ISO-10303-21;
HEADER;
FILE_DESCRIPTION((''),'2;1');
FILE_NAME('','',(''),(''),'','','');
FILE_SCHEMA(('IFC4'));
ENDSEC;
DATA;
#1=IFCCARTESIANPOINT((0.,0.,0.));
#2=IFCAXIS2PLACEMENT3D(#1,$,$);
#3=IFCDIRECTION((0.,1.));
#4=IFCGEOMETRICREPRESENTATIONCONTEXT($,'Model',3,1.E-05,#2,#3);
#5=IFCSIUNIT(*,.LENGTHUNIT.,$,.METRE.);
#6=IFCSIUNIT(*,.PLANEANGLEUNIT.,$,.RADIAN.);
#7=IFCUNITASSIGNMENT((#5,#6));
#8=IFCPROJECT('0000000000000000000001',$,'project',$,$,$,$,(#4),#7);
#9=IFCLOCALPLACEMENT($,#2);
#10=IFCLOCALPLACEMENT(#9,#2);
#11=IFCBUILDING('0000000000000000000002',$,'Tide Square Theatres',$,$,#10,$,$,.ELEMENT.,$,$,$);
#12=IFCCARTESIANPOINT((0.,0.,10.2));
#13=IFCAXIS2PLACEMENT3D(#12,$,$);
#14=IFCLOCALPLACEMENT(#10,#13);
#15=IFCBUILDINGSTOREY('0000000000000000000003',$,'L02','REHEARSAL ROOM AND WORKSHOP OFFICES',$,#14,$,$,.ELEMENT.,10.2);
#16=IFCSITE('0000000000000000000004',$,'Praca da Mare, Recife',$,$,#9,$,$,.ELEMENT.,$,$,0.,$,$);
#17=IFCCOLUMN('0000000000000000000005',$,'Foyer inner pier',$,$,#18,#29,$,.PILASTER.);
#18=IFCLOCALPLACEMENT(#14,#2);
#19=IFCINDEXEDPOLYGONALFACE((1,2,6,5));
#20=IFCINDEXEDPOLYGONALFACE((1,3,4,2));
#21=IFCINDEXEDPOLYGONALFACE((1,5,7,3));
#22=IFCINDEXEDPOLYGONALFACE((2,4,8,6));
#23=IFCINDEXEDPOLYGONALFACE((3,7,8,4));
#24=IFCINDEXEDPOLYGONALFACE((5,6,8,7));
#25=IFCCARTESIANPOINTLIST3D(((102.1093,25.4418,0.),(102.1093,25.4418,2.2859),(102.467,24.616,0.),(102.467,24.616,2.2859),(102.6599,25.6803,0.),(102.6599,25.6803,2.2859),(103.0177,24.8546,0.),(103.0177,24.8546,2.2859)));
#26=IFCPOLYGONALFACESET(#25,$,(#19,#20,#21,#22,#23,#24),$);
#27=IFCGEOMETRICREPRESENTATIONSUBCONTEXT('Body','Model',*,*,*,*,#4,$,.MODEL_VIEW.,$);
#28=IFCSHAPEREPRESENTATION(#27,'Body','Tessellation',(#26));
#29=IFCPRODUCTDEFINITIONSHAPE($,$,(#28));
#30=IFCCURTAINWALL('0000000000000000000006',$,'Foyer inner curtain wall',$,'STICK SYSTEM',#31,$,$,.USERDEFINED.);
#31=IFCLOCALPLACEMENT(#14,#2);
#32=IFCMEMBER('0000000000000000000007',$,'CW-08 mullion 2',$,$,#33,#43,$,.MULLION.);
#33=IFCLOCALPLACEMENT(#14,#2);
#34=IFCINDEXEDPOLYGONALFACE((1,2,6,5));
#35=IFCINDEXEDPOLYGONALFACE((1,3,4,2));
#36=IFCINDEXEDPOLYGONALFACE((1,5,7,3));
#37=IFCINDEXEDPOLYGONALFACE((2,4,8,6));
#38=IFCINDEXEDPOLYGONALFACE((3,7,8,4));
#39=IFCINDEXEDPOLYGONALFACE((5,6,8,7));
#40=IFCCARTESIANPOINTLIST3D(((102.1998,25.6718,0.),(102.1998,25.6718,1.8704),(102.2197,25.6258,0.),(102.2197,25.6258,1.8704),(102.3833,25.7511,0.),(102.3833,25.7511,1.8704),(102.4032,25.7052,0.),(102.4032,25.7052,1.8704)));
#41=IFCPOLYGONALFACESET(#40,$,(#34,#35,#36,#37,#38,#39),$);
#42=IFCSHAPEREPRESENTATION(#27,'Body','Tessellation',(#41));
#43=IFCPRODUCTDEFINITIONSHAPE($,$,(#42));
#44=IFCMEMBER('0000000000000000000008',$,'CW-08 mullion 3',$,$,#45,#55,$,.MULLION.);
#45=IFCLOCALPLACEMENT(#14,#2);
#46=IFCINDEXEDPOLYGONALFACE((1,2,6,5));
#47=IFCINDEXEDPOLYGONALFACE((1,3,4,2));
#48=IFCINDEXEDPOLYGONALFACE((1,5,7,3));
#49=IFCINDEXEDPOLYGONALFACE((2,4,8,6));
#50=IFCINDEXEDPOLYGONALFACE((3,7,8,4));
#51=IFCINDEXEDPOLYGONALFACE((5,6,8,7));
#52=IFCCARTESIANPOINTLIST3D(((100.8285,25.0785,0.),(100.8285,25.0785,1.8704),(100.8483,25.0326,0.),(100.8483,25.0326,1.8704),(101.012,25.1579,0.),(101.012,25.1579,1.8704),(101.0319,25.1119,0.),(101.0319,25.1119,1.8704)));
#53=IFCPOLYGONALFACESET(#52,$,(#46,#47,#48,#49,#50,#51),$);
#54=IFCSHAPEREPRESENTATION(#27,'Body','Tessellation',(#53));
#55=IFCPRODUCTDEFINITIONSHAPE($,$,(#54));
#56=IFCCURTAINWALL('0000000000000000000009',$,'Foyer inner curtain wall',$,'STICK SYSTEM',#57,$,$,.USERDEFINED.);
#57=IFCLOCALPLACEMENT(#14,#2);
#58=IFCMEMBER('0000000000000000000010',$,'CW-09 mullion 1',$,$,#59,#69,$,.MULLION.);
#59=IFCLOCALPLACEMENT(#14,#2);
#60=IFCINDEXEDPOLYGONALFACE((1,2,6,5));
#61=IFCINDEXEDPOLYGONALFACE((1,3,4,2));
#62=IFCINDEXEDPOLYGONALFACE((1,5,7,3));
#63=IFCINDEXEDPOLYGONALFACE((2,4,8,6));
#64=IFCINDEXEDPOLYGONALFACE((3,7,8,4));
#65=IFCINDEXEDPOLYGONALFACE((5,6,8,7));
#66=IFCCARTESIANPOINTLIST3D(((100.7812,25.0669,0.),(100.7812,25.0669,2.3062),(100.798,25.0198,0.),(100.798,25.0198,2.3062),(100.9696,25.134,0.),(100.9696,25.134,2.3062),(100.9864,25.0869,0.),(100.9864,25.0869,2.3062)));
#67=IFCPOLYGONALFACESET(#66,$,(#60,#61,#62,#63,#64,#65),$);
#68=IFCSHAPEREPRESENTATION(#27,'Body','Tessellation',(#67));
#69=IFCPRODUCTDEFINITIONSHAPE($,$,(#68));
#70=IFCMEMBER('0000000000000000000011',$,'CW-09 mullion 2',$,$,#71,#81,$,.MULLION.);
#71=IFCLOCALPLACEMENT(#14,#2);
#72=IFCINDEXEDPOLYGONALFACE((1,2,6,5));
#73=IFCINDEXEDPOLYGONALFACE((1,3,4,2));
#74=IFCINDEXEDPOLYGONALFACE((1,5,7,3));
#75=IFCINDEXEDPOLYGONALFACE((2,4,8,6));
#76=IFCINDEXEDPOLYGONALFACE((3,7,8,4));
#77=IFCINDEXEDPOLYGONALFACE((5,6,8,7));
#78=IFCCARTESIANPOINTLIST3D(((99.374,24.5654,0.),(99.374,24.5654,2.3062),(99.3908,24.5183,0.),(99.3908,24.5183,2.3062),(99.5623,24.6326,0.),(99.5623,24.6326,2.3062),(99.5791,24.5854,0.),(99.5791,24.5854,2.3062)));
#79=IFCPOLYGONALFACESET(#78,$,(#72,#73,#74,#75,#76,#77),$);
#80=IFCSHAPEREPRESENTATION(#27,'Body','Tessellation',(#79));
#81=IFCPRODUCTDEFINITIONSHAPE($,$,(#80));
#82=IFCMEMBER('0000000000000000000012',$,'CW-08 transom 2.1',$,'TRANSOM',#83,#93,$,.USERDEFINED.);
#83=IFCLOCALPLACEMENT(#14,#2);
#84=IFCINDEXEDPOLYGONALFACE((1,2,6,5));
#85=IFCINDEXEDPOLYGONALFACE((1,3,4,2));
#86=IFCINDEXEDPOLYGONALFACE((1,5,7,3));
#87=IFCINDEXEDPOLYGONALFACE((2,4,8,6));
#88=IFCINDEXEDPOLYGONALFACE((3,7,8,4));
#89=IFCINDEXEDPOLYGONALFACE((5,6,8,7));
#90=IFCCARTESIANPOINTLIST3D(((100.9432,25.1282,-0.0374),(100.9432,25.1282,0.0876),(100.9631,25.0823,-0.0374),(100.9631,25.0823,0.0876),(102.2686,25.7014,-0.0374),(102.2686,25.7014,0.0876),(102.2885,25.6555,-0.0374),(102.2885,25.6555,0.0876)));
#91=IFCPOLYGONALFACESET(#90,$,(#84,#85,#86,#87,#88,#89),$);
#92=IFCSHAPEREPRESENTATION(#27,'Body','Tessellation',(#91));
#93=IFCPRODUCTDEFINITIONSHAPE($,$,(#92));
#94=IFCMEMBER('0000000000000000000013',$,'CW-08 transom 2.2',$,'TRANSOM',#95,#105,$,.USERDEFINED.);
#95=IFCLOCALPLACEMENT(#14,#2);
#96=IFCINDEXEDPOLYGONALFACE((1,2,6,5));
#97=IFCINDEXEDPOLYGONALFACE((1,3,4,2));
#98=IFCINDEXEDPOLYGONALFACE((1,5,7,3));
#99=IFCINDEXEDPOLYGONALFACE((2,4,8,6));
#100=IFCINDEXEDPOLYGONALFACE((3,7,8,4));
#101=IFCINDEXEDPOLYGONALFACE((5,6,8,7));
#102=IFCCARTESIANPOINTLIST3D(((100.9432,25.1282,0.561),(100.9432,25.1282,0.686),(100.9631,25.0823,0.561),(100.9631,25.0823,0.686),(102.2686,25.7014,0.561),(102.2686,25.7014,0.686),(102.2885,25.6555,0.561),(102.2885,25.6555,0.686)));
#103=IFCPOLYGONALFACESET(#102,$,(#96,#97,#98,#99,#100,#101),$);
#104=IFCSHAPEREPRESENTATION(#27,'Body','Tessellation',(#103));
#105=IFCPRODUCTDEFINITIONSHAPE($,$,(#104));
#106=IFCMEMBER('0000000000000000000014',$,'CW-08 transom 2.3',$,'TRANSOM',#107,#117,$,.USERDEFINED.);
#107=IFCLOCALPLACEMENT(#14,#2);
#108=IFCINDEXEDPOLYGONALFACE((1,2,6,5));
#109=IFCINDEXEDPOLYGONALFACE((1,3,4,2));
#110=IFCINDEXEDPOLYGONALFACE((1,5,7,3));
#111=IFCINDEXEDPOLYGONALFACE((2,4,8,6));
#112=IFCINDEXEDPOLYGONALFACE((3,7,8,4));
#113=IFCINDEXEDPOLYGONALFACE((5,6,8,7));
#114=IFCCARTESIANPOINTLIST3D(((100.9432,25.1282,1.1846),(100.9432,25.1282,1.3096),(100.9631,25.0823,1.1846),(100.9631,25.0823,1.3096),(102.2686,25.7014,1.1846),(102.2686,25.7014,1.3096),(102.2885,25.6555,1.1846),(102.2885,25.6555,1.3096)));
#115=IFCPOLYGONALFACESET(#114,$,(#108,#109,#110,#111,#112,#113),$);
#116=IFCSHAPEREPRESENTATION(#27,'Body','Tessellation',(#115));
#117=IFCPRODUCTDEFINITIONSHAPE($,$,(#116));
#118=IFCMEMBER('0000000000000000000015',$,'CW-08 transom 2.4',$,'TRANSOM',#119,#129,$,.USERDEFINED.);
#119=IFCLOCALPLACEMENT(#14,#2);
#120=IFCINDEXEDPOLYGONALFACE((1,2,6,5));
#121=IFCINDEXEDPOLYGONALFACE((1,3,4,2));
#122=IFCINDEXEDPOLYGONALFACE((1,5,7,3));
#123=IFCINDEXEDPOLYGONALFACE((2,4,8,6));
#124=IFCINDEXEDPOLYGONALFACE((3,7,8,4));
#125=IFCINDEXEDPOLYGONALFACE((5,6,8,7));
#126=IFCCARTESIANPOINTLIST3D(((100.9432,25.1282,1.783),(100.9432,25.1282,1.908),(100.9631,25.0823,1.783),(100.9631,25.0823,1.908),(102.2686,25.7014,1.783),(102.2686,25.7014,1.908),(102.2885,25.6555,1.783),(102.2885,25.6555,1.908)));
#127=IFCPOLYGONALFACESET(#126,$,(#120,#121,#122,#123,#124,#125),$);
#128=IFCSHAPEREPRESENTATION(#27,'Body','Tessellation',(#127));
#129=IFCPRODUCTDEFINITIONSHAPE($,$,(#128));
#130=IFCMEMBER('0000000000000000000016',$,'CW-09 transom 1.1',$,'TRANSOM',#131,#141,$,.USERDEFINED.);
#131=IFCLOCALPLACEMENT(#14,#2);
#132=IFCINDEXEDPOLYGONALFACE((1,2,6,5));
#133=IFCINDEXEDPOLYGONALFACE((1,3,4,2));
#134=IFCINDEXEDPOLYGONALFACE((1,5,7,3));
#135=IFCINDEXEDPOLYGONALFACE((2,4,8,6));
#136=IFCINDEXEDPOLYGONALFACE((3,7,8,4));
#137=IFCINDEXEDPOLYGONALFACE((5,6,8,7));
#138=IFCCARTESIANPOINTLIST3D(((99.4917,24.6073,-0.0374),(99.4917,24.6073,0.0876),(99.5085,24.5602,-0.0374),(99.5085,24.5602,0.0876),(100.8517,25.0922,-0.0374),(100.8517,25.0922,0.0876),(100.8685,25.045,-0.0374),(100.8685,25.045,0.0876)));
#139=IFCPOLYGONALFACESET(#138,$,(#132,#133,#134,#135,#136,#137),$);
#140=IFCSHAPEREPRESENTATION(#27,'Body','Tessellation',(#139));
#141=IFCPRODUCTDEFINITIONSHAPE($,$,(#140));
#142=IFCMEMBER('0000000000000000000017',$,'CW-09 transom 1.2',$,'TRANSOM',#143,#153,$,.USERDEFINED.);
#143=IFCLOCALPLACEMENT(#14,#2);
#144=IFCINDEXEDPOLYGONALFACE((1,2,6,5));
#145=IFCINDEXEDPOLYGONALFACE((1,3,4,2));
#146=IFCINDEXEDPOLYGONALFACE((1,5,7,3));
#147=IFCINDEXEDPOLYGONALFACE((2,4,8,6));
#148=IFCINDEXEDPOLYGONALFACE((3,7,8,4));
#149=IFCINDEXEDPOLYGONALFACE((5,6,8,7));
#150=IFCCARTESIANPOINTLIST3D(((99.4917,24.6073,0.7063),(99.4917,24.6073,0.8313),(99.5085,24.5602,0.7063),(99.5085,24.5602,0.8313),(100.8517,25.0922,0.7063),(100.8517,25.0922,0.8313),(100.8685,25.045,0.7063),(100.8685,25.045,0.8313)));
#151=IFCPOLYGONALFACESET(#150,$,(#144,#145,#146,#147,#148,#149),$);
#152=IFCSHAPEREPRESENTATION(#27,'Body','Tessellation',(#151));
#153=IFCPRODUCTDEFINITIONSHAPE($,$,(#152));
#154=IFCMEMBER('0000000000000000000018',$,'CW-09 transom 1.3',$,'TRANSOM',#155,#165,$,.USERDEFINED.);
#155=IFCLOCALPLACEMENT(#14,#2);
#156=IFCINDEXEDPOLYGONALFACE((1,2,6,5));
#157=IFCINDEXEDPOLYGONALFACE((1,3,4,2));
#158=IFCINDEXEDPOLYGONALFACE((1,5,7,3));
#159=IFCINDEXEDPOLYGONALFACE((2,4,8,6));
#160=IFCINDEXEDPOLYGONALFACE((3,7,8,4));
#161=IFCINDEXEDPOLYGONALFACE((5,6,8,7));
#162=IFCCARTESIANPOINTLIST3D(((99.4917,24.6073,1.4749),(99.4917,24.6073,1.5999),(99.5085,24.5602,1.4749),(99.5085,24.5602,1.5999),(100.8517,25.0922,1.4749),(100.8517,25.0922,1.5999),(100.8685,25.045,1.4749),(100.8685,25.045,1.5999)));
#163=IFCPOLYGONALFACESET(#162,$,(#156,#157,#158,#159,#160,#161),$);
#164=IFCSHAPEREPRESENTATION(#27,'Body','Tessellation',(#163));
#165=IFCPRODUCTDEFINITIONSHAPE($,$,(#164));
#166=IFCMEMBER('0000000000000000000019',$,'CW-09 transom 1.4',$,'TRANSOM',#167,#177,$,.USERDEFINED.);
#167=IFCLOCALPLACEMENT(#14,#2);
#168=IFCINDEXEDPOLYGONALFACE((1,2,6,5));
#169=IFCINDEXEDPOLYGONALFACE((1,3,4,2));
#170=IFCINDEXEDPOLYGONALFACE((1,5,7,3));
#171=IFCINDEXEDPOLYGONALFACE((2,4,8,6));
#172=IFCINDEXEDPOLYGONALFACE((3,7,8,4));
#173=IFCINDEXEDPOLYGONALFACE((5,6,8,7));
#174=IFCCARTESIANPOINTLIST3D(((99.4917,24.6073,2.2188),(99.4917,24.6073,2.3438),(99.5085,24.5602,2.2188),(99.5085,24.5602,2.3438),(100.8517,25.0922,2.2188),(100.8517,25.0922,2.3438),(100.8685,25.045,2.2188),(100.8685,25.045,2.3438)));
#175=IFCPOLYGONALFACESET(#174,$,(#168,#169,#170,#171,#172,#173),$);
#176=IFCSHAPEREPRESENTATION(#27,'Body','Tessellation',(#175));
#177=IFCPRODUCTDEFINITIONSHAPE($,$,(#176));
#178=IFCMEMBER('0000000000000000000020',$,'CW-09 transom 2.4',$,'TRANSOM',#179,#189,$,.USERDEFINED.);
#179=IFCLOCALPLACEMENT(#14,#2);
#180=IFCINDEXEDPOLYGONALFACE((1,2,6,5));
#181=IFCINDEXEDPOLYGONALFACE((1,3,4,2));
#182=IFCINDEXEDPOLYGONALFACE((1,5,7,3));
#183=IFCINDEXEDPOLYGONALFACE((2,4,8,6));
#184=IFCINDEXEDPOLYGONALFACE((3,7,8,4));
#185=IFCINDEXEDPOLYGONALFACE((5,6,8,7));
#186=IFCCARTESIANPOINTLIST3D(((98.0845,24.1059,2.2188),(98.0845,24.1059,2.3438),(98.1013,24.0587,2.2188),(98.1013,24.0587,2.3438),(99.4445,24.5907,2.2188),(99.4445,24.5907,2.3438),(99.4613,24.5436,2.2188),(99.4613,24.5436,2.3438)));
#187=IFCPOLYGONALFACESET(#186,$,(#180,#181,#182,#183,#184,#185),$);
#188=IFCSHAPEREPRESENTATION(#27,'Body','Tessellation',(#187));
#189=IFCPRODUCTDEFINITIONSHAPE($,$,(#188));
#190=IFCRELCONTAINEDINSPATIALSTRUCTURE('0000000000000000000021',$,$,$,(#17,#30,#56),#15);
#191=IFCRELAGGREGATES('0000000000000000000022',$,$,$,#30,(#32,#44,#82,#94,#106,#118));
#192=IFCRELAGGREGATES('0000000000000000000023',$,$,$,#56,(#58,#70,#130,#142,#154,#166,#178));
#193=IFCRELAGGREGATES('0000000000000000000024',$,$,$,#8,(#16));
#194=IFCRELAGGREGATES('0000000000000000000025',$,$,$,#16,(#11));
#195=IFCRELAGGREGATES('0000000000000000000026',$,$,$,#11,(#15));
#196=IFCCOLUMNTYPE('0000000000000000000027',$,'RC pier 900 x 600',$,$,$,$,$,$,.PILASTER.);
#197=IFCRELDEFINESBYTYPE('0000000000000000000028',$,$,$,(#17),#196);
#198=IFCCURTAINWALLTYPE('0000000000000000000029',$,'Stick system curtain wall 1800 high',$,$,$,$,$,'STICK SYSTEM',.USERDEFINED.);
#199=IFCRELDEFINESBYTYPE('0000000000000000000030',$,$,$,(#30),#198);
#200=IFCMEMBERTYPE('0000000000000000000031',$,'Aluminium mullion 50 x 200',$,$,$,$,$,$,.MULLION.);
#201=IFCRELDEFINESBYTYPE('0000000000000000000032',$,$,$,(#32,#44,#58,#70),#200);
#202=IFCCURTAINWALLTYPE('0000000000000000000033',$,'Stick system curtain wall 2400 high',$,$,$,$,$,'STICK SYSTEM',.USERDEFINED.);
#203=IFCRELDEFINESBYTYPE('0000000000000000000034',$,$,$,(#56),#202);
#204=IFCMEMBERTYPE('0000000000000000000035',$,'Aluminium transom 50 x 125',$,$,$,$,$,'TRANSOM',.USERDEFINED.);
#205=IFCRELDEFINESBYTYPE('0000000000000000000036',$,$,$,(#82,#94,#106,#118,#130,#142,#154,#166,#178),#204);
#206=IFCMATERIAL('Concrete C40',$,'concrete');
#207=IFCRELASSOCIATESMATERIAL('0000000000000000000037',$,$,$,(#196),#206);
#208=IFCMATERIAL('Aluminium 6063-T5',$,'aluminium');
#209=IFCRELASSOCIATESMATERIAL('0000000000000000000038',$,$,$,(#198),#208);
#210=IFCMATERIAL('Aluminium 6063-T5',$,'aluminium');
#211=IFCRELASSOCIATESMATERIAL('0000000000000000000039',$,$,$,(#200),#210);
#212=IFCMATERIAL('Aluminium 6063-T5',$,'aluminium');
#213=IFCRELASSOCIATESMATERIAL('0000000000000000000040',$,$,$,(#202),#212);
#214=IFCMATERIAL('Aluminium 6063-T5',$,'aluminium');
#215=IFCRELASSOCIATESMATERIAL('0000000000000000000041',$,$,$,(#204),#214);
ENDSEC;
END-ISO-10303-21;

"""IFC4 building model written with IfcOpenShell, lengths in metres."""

from ifc_helpers import new_model, si_unit, direction, frame, origin, origin_2d, place, context, subcontext, project, spatial, rectangle, extrude, material, material_profile, profile_set, type_object, element, aggregate, save


model = new_model("IFC4")

# Units and contexts
model_context = context("Model", 3, precision=1e-05, world=origin(), true_north=direction((0.0, 1.0)))
body_context = subcontext(model_context, "Body", "Model", "MODEL_VIEW")
ifc_project = project(units=[si_unit("LENGTHUNIT", "METRE"), si_unit("PLANEANGLEUNIT", "RADIAN")], contexts=[model_context])

# Site, building, storey
site_placement = place(None, origin())
site = spatial("IfcSite", under=ifc_project, at=site_placement, Name="Praca da Mare, Recife", CompositionType="ELEMENT", RefElevation=0.0)
building_placement = place(site_placement, origin())
building = spatial("IfcBuilding", under=site, at=building_placement, Name="Tide Square Theatres", CompositionType="ELEMENT")
storey_placement = place(building_placement, frame((0.0, 0.0, 10.2)))
storey = spatial("IfcBuildingStorey", under=building, at=storey_placement, Name="L02", Description="REHEARSAL ROOM AND WORKSHOP OFFICES", CompositionType="ELEMENT", Elevation=10.2)

# Column
ifc_material_1 = material(Name="Concrete C40", Category="concrete")
ifc_material_profile_1 = material_profile(ifc_material_1, rectangle(XDim=0.8999, YDim=0.6001, at=origin_2d()))
ifc_profile_set_1 = profile_set([ifc_material_profile_1], Name="Concrete C40")
column_type = type_object("IfcColumnType", Name="RC pier 900 x 600", PredefinedType="PILASTER", material=ifc_profile_set_1)
column_placement = place(storey_placement, frame((102.5635, 25.1482, 0.0), z_axis=(0.0, 0.0, 1.0), x_axis=(0.397505, -0.9176, 0.0)))
element("IfcColumn", 1, at=column_placement, inside=storey, type_object=column_type, Name="Foyer inner pier", PredefinedType="PILASTER", context=body_context, shape_type="SweptSolid", body=[
    extrude(rectangle(XDim=0.8999, YDim=0.6001, at=origin_2d()), origin(), (0.0, 0.0, 1.0), 2.2859),
])

# Curtain walls, members
ifc_material_2 = material(Name="Aluminium 6063-T5", Category="aluminium")
curtain_wall_type_1 = type_object("IfcCurtainWallType", Name="Stick system curtain wall 1800 high", ElementType="STICK SYSTEM", PredefinedType="USERDEFINED", material=ifc_material_2)
curtain_wall_1_placement = place(storey_placement, origin())
curtain_wall_1 = element("IfcCurtainWall", 2, at=curtain_wall_1_placement, inside=storey, type_object=curtain_wall_type_1, Name="Foyer inner curtain wall", ObjectType="STICK SYSTEM", PredefinedType="USERDEFINED")
ifc_material_3 = material(Name="Aluminium 6063-T5", Category="aluminium")
ifc_material_profile_2 = material_profile(ifc_material_3, rectangle(XDim=0.05, YDim=0.2, at=origin_2d()))
ifc_profile_set_2 = profile_set([ifc_material_profile_2], Name="Aluminium 6063-T5")
member_type_1 = type_object("IfcMemberType", Name="Aluminium mullion 50 x 200", PredefinedType="MULLION", material=ifc_profile_set_2)
member_1_placement = place(storey_placement, frame((102.3015, 25.6885, 0.0), z_axis=(0.0, 0.0, 1.0), x_axis=(0.39698, -0.917827, 0.0)))
member_1 = element("IfcMember", 3, at=member_1_placement, type_object=member_type_1, Name="CW-08 mullion 2", PredefinedType="MULLION", context=body_context, shape_type="SweptSolid", body=[
    extrude(rectangle(XDim=0.05, YDim=0.2, at=origin_2d()), origin(), (0.0, 0.0, 1.0), 1.8704),
])
member_2_placement = place(storey_placement, frame((100.9302, 25.0952, 0.0), z_axis=(0.0, 0.0, 1.0), x_axis=(0.39698, -0.917827, 0.0)))
member_2 = element("IfcMember", 4, at=member_2_placement, type_object=member_type_1, Name="CW-08 mullion 3", PredefinedType="MULLION", context=body_context, shape_type="SweptSolid", body=[
    extrude(rectangle(XDim=0.05, YDim=0.2, at=origin_2d()), origin(), (0.0, 0.0, 1.0), 1.8704),
])
ifc_material_4 = material(Name="Aluminium 6063-T5", Category="aluminium")
curtain_wall_type_2 = type_object("IfcCurtainWallType", Name="Stick system curtain wall 2400 high", ElementType="STICK SYSTEM", PredefinedType="USERDEFINED", material=ifc_material_4)
curtain_wall_2_placement = place(storey_placement, origin())
curtain_wall_2 = element("IfcCurtainWall", 5, at=curtain_wall_2_placement, inside=storey, type_object=curtain_wall_type_2, Name="Foyer inner curtain wall", ObjectType="STICK SYSTEM", PredefinedType="USERDEFINED")
member_3_placement = place(storey_placement, frame((100.8838, 25.0769, 0.0), z_axis=(0.0, 0.0, 1.0), x_axis=(0.335723, -0.941961, 0.0)))
member_3 = element("IfcMember", 6, at=member_3_placement, type_object=member_type_1, Name="CW-09 mullion 1", PredefinedType="MULLION", context=body_context, shape_type="SweptSolid", body=[
    extrude(rectangle(XDim=0.05, YDim=0.2, at=origin_2d()), origin(), (0.0, 0.0, 1.0), 2.3062),
])
member_4_placement = place(storey_placement, frame((99.4766, 24.5754, 0.0), z_axis=(0.0, 0.0, 1.0), x_axis=(0.335723, -0.941961, 0.0)))
member_4 = element("IfcMember", 7, at=member_4_placement, type_object=member_type_1, Name="CW-09 mullion 2", PredefinedType="MULLION", context=body_context, shape_type="SweptSolid", body=[
    extrude(rectangle(XDim=0.05, YDim=0.2, at=origin_2d()), origin(), (0.0, 0.0, 1.0), 2.3062),
])

# Members
ifc_material_5 = material(Name="Aluminium 6063-T5", Category="aluminium")
ifc_material_profile_3 = material_profile(ifc_material_5, rectangle(XDim=0.05, YDim=0.125, at=origin_2d()))
ifc_profile_set_3 = profile_set([ifc_material_profile_3], Name="Aluminium 6063-T5")
member_type_2 = type_object("IfcMemberType", Name="Aluminium transom 50 x 125", ElementType="TRANSOM", PredefinedType="USERDEFINED", material=ifc_profile_set_3)
member_5_placement = place(storey_placement, frame((102.2786, 25.6785, 0.0251), z_axis=(-0.917837, -0.396957, 0.0), x_axis=(0.396957, -0.917837, 0.0)))
member_5 = element("IfcMember", 8, at=member_5_placement, type_object=member_type_2, Name="CW-08 transom 2.1", ObjectType="TRANSOM", PredefinedType="USERDEFINED", context=body_context, shape_type="SweptSolid", body=[
    extrude(rectangle(XDim=0.05, YDim=0.125, at=origin_2d()), origin(), (0.0, 0.0, 1.0), 1.4441),
])
member_6_placement = place(storey_placement, frame((102.2786, 25.6785, 0.6235), z_axis=(-0.917837, -0.396957, 0.0), x_axis=(0.396957, -0.917837, 0.0)))
member_6 = element("IfcMember", 9, at=member_6_placement, type_object=member_type_2, Name="CW-08 transom 2.2", ObjectType="TRANSOM", PredefinedType="USERDEFINED", context=body_context, shape_type="SweptSolid", body=[
    extrude(rectangle(XDim=0.05, YDim=0.125, at=origin_2d()), origin(), (0.0, 0.0, 1.0), 1.4441),
])
member_7_placement = place(storey_placement, frame((102.2786, 25.6785, 1.2471), z_axis=(-0.917837, -0.396957, 0.0), x_axis=(0.396957, -0.917837, 0.0)))
member_7 = element("IfcMember", 10, at=member_7_placement, type_object=member_type_2, Name="CW-08 transom 2.3", ObjectType="TRANSOM", PredefinedType="USERDEFINED", context=body_context, shape_type="SweptSolid", body=[
    extrude(rectangle(XDim=0.05, YDim=0.125, at=origin_2d()), origin(), (0.0, 0.0, 1.0), 1.4441),
])
member_8_placement = place(storey_placement, frame((102.2786, 25.6785, 1.8455), z_axis=(-0.917837, -0.396957, 0.0), x_axis=(0.396957, -0.917837, 0.0)))
member_8 = element("IfcMember", 11, at=member_8_placement, type_object=member_type_2, Name="CW-08 transom 2.4", ObjectType="TRANSOM", PredefinedType="USERDEFINED", context=body_context, shape_type="SweptSolid", body=[
    extrude(rectangle(XDim=0.05, YDim=0.125, at=origin_2d()), origin(), (0.0, 0.0, 1.0), 1.4441),
])
member_9_placement = place(storey_placement, frame((100.8601, 25.0686, 0.0251), z_axis=(-0.941937, -0.33579, 0.0), x_axis=(0.33579, -0.941937, 0.0)))
member_9 = element("IfcMember", 12, at=member_9_placement, type_object=member_type_2, Name="CW-09 transom 1.1", ObjectType="TRANSOM", PredefinedType="USERDEFINED", context=body_context, shape_type="SweptSolid", body=[
    extrude(rectangle(XDim=0.05, YDim=0.125, at=origin_2d()), origin(), (0.0, 0.0, 1.0), 1.4438),
])
member_10_placement = place(storey_placement, frame((100.8601, 25.0686, 0.7688), z_axis=(-0.941937, -0.33579, 0.0), x_axis=(0.33579, -0.941937, 0.0)))
member_10 = element("IfcMember", 13, at=member_10_placement, type_object=member_type_2, Name="CW-09 transom 1.2", ObjectType="TRANSOM", PredefinedType="USERDEFINED", context=body_context, shape_type="SweptSolid", body=[
    extrude(rectangle(XDim=0.05, YDim=0.125, at=origin_2d()), origin(), (0.0, 0.0, 1.0), 1.4438),
])
member_11_placement = place(storey_placement, frame((100.8601, 25.0686, 1.5374), z_axis=(-0.941937, -0.33579, 0.0), x_axis=(0.33579, -0.941937, 0.0)))
member_11 = element("IfcMember", 14, at=member_11_placement, type_object=member_type_2, Name="CW-09 transom 1.3", ObjectType="TRANSOM", PredefinedType="USERDEFINED", context=body_context, shape_type="SweptSolid", body=[
    extrude(rectangle(XDim=0.05, YDim=0.125, at=origin_2d()), origin(), (0.0, 0.0, 1.0), 1.4438),
])
member_12_placement = place(storey_placement, frame((100.8601, 25.0686, 2.2812), z_axis=(-0.941937, -0.33579, 0.0), x_axis=(0.33579, -0.941937, 0.0)))
member_12 = element("IfcMember", 15, at=member_12_placement, type_object=member_type_2, Name="CW-09 transom 1.4", ObjectType="TRANSOM", PredefinedType="USERDEFINED", context=body_context, shape_type="SweptSolid", body=[
    extrude(rectangle(XDim=0.05, YDim=0.125, at=origin_2d()), origin(), (0.0, 0.0, 1.0), 1.4438),
])
member_13_placement = place(storey_placement, frame((99.4529, 24.5671, 2.2812), z_axis=(-0.941937, -0.33579, 0.0), x_axis=(0.33579, -0.941937, 0.0)))
member_13 = element("IfcMember", 16, at=member_13_placement, type_object=member_type_2, Name="CW-09 transom 2.4", ObjectType="TRANSOM", PredefinedType="USERDEFINED", context=body_context, shape_type="SweptSolid", body=[
    extrude(rectangle(XDim=0.05, YDim=0.125, at=origin_2d()), origin(), (0.0, 0.0, 1.0), 1.4438),
])

aggregate(curtain_wall_1, [member_1, member_2, member_5, member_6, member_7, member_8])
aggregate(curtain_wall_2, [member_3, member_4, member_9, member_10, member_11, member_12, member_13])

save(model, "model.ifc")
